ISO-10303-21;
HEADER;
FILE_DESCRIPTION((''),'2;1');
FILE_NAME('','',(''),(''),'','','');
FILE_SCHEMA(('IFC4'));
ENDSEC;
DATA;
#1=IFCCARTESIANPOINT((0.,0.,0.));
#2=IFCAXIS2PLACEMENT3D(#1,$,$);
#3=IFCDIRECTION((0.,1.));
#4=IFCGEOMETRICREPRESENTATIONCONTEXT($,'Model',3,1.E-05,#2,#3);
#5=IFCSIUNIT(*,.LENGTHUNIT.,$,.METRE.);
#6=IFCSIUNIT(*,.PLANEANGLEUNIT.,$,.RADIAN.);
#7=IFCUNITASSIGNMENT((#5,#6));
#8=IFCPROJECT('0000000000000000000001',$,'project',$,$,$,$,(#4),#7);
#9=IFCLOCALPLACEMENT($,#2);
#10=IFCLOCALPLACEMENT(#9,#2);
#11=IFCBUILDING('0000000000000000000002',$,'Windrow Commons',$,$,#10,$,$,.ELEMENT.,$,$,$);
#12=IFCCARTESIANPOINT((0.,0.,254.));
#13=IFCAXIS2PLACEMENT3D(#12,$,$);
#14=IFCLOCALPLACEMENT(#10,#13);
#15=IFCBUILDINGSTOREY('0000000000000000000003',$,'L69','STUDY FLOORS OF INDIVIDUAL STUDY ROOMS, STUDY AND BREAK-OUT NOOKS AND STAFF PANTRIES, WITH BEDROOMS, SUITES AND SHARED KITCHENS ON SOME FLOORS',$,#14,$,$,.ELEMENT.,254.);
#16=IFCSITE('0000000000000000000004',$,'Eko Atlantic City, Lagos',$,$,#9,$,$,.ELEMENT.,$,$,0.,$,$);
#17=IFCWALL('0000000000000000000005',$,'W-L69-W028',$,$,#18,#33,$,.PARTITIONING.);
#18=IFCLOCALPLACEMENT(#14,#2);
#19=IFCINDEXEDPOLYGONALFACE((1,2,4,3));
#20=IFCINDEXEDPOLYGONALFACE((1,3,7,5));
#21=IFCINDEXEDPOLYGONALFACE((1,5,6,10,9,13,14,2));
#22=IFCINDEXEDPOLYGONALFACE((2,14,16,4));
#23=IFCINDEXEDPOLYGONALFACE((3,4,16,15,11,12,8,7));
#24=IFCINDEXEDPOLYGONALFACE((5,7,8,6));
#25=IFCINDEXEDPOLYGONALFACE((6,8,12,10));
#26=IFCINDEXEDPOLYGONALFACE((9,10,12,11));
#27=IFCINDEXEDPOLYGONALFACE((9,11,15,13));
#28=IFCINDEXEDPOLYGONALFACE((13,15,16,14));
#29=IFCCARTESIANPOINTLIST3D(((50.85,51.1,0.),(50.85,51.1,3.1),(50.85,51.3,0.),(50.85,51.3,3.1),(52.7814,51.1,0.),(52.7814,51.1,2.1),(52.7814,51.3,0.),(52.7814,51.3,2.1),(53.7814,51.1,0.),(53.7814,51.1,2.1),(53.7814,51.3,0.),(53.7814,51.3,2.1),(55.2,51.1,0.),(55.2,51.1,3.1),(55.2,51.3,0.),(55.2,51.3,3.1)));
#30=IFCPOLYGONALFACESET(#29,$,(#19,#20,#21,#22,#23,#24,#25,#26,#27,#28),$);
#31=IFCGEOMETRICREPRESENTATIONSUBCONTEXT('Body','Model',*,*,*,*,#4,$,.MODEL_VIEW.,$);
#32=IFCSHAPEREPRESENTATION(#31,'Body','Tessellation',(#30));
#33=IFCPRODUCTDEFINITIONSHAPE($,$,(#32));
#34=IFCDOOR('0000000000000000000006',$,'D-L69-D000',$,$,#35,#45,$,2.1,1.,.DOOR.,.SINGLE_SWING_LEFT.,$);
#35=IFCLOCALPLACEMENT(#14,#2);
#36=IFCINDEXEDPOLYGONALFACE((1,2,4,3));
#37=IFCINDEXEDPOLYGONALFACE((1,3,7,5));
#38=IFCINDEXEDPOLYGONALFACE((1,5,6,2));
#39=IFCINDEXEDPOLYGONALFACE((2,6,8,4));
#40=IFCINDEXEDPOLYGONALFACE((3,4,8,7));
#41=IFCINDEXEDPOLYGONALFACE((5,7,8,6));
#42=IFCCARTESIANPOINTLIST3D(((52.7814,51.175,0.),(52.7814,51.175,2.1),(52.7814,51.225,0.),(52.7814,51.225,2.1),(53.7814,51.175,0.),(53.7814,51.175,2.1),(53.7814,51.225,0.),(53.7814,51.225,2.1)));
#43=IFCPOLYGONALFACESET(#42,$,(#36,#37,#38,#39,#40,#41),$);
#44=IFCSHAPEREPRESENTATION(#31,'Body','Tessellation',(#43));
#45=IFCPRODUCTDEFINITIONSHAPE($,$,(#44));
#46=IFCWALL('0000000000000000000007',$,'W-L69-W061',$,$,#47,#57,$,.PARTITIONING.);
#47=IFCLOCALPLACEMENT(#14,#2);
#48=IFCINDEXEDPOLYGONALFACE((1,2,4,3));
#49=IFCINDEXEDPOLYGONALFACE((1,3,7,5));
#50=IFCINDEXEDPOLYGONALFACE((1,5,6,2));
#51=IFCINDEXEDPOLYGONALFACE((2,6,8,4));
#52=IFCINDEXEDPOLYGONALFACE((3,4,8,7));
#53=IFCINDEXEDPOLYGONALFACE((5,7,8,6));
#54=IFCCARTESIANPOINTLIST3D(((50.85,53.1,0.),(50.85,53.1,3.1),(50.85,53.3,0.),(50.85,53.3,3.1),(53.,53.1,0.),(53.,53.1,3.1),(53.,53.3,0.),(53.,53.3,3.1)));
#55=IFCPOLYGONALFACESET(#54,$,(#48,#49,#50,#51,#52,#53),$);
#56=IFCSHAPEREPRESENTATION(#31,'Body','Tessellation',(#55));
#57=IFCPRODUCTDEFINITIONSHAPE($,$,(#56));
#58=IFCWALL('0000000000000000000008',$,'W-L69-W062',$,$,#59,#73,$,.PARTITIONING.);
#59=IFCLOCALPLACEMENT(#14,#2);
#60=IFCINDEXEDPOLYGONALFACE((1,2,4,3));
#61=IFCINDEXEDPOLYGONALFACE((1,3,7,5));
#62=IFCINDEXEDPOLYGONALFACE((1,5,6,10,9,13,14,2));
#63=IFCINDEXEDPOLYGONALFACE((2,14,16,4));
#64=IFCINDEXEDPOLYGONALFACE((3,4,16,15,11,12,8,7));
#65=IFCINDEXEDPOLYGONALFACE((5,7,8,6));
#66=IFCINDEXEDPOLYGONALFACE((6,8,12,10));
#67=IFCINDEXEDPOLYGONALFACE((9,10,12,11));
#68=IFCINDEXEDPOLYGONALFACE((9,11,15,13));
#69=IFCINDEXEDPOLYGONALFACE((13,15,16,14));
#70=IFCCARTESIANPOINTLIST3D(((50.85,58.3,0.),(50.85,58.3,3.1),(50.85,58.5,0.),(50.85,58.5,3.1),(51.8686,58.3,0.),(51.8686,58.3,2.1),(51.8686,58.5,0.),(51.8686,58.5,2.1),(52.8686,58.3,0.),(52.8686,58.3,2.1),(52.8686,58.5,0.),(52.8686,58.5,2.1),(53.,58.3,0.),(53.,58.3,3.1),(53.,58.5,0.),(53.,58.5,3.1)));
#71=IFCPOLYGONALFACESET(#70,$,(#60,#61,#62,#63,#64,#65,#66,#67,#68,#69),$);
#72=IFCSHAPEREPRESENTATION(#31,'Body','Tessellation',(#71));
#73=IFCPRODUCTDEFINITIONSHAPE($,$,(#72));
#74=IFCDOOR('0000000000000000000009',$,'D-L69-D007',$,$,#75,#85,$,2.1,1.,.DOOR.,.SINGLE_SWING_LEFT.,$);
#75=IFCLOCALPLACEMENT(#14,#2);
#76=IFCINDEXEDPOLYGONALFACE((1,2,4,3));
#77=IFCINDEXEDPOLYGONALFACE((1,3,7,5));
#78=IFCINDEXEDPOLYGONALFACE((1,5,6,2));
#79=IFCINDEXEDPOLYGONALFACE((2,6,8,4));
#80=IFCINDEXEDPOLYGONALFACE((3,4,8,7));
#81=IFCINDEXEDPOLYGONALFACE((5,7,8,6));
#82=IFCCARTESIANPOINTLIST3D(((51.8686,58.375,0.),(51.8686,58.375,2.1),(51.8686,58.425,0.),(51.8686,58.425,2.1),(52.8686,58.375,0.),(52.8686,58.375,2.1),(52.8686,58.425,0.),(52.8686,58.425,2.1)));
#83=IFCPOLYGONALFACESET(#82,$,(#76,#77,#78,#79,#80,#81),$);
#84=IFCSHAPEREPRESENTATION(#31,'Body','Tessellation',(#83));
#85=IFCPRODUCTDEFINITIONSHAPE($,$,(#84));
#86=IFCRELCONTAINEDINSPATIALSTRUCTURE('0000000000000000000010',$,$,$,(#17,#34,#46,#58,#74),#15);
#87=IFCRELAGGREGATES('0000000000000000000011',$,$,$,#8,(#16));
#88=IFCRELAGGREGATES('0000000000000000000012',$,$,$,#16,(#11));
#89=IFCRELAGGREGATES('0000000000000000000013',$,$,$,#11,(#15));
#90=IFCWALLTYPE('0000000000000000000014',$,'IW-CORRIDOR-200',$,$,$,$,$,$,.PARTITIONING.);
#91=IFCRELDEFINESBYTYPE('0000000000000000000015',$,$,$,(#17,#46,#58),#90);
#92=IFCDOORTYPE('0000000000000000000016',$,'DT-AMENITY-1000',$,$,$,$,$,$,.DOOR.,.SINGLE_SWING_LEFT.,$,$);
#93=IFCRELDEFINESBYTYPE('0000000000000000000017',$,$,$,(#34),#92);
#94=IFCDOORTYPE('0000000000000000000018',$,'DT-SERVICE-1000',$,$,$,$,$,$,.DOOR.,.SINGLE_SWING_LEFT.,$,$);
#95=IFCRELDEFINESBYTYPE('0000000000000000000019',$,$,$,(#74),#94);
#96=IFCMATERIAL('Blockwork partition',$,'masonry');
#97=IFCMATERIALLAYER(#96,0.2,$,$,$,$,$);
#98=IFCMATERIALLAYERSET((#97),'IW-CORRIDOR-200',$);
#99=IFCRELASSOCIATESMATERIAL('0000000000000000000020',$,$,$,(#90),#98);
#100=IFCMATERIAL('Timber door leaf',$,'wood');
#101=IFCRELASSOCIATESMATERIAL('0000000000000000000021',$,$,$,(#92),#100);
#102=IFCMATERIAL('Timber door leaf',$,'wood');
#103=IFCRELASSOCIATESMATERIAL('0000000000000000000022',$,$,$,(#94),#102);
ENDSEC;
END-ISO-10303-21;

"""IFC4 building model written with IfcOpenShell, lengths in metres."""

from ifc_helpers import new_model, si_unit, direction, frame, frame_2d, origin, place, context, subcontext, project, spatial, rectangle, extrude, material, layer, layer_set, type_object, element, fill, save


model = new_model("IFC4")

# Units and contexts
model_context = context("Model", 3, precision=1e-05, world=origin(), true_north=direction((0.0, 1.0)))
body_context = subcontext(model_context, "Body", "Model", "MODEL_VIEW")
ifc_project = project(units=[si_unit("LENGTHUNIT", "METRE"), si_unit("PLANEANGLEUNIT", "RADIAN")], contexts=[model_context])

# Site, building, storey
site_placement = place(None, origin())
site = spatial("IfcSite", under=ifc_project, at=site_placement, Name="Eko Atlantic City, Lagos", CompositionType="ELEMENT", RefElevation=0.0)
building_placement = place(site_placement, origin())
building = spatial("IfcBuilding", under=site, at=building_placement, Name="Windrow Commons", CompositionType="ELEMENT")
storey_placement = place(building_placement, frame((0.0, 0.0, 254.0)))
storey = spatial("IfcBuildingStorey", under=building, at=storey_placement, Name="L69", Description="STUDY FLOORS OF INDIVIDUAL STUDY ROOMS, STUDY AND BREAK-OUT NOOKS AND STAFF PANTRIES, WITH BEDROOMS, SUITES AND SHARED KITCHENS ON SOME FLOORS", CompositionType="ELEMENT", Elevation=254.0)

# Wall, opening, door
ifc_material_1 = material(Name="Blockwork partition", Category="masonry")
ifc_layer_1 = layer(ifc_material_1, 0.2)
ifc_layer_set_1 = layer_set([ifc_layer_1], Name="IW-CORRIDOR-200")
wall_type_1 = type_object("IfcWallType", Name="IW-CORRIDOR-200", PredefinedType="PARTITIONING", material=ifc_layer_set_1)
wall_1_placement = place(storey_placement, frame((50.85, 51.2, 0.0), z_axis=(0.0, 0.0, 1.0), x_axis=(1.0, 0.0, 0.0)))
wall_1 = element("IfcWall", 1, at=wall_1_placement, inside=storey, type_object=wall_type_1, Name="W-L69-W028", PredefinedType="PARTITIONING", context=body_context, shape_type="SweptSolid", body=[
    extrude(rectangle(XDim=4.35, YDim=0.2, at=frame_2d((2.175, 0.0))), origin(), (0.0, 0.0, 1.0), 3.1),
])
opening_1_placement = place(wall_1_placement, frame((1.9314, 0.0, 0.0)))
opening_1 = element("IfcOpeningElement", 2, at=opening_1_placement, cuts=wall_1, PredefinedType="OPENING", context=body_context, shape_type="SweptSolid", body=[
    extrude(rectangle(XDim=1.0, YDim=2.1, at=frame_2d((0.5, 1.05))), frame((0.0, 0.11, 0.0), z_axis=(0.0, -1.0, 0.0), x_axis=(1.0, 0.0, 0.0)), (0.0, 0.0, 1.0), 0.22),
])
ifc_material_2 = material(Name="Timber door leaf", Category="wood")
door_type_1 = type_object("IfcDoorType", Name="DT-AMENITY-1000", OperationType="SINGLE_SWING_LEFT", PredefinedType="DOOR", material=ifc_material_2)
door_1_placement = place(opening_1_placement, origin())
door_1 = element("IfcDoor", 3, at=door_1_placement, inside=storey, type_object=door_type_1, Name="D-L69-D000", OperationType="SINGLE_SWING_LEFT", OverallHeight=2.1, OverallWidth=1.0, PredefinedType="DOOR", context=body_context, shape_type="SweptSolid", body=[
    extrude(rectangle(XDim=1.0, YDim=2.1, at=frame_2d((0.5, 1.05))), frame((0.0, 0.025, 0.0), z_axis=(0.0, -1.0, 0.0), x_axis=(1.0, 0.0, 0.0)), (0.0, 0.0, 1.0), 0.05),
])
fill(opening_1, door_1)

# Wall
wall_2_placement = place(storey_placement, frame((50.85, 53.2, 0.0), z_axis=(0.0, 0.0, 1.0), x_axis=(1.0, 0.0, 0.0)))
element("IfcWall", 4, at=wall_2_placement, inside=storey, type_object=wall_type_1, Name="W-L69-W061", PredefinedType="PARTITIONING", context=body_context, shape_type="SweptSolid", body=[
    extrude(rectangle(XDim=2.15, YDim=0.2, at=frame_2d((1.075, 0.0))), origin(), (0.0, 0.0, 1.0), 3.1),
])

# Wall, opening, door
wall_3_placement = place(storey_placement, frame((50.85, 58.4, 0.0), z_axis=(0.0, 0.0, 1.0), x_axis=(1.0, 0.0, 0.0)))
wall_3 = element("IfcWall", 5, at=wall_3_placement, inside=storey, type_object=wall_type_1, Name="W-L69-W062", PredefinedType="PARTITIONING", context=body_context, shape_type="SweptSolid", body=[
    extrude(rectangle(XDim=2.15, YDim=0.2, at=frame_2d((1.075, 0.0))), origin(), (0.0, 0.0, 1.0), 3.1),
])
opening_2_placement = place(wall_3_placement, frame((1.0186, 0.0, 0.0)))
opening_2 = element("IfcOpeningElement", 6, at=opening_2_placement, cuts=wall_3, PredefinedType="OPENING", context=body_context, shape_type="SweptSolid", body=[
    extrude(rectangle(XDim=1.0, YDim=2.1, at=frame_2d((0.5, 1.05))), frame((0.0, 0.11, 0.0), z_axis=(0.0, -1.0, 0.0), x_axis=(1.0, 0.0, 0.0)), (0.0, 0.0, 1.0), 0.22),
])
ifc_material_3 = material(Name="Timber door leaf", Category="wood")
door_type_2 = type_object("IfcDoorType", Name="DT-SERVICE-1000", OperationType="SINGLE_SWING_LEFT", PredefinedType="DOOR", material=ifc_material_3)
door_2_placement = place(opening_2_placement, origin())
door_2 = element("IfcDoor", 7, at=door_2_placement, inside=storey, type_object=door_type_2, Name="D-L69-D007", OperationType="SINGLE_SWING_LEFT", OverallHeight=2.1, OverallWidth=1.0, PredefinedType="DOOR", context=body_context, shape_type="SweptSolid", body=[
    extrude(rectangle(XDim=1.0, YDim=2.1, at=frame_2d((0.5, 1.05))), frame((0.0, 0.025, 0.0), z_axis=(0.0, -1.0, 0.0), x_axis=(1.0, 0.0, 0.0)), (0.0, 0.0, 1.0), 0.05),
])
fill(opening_2, door_2)

save(model, "model.ifc")
